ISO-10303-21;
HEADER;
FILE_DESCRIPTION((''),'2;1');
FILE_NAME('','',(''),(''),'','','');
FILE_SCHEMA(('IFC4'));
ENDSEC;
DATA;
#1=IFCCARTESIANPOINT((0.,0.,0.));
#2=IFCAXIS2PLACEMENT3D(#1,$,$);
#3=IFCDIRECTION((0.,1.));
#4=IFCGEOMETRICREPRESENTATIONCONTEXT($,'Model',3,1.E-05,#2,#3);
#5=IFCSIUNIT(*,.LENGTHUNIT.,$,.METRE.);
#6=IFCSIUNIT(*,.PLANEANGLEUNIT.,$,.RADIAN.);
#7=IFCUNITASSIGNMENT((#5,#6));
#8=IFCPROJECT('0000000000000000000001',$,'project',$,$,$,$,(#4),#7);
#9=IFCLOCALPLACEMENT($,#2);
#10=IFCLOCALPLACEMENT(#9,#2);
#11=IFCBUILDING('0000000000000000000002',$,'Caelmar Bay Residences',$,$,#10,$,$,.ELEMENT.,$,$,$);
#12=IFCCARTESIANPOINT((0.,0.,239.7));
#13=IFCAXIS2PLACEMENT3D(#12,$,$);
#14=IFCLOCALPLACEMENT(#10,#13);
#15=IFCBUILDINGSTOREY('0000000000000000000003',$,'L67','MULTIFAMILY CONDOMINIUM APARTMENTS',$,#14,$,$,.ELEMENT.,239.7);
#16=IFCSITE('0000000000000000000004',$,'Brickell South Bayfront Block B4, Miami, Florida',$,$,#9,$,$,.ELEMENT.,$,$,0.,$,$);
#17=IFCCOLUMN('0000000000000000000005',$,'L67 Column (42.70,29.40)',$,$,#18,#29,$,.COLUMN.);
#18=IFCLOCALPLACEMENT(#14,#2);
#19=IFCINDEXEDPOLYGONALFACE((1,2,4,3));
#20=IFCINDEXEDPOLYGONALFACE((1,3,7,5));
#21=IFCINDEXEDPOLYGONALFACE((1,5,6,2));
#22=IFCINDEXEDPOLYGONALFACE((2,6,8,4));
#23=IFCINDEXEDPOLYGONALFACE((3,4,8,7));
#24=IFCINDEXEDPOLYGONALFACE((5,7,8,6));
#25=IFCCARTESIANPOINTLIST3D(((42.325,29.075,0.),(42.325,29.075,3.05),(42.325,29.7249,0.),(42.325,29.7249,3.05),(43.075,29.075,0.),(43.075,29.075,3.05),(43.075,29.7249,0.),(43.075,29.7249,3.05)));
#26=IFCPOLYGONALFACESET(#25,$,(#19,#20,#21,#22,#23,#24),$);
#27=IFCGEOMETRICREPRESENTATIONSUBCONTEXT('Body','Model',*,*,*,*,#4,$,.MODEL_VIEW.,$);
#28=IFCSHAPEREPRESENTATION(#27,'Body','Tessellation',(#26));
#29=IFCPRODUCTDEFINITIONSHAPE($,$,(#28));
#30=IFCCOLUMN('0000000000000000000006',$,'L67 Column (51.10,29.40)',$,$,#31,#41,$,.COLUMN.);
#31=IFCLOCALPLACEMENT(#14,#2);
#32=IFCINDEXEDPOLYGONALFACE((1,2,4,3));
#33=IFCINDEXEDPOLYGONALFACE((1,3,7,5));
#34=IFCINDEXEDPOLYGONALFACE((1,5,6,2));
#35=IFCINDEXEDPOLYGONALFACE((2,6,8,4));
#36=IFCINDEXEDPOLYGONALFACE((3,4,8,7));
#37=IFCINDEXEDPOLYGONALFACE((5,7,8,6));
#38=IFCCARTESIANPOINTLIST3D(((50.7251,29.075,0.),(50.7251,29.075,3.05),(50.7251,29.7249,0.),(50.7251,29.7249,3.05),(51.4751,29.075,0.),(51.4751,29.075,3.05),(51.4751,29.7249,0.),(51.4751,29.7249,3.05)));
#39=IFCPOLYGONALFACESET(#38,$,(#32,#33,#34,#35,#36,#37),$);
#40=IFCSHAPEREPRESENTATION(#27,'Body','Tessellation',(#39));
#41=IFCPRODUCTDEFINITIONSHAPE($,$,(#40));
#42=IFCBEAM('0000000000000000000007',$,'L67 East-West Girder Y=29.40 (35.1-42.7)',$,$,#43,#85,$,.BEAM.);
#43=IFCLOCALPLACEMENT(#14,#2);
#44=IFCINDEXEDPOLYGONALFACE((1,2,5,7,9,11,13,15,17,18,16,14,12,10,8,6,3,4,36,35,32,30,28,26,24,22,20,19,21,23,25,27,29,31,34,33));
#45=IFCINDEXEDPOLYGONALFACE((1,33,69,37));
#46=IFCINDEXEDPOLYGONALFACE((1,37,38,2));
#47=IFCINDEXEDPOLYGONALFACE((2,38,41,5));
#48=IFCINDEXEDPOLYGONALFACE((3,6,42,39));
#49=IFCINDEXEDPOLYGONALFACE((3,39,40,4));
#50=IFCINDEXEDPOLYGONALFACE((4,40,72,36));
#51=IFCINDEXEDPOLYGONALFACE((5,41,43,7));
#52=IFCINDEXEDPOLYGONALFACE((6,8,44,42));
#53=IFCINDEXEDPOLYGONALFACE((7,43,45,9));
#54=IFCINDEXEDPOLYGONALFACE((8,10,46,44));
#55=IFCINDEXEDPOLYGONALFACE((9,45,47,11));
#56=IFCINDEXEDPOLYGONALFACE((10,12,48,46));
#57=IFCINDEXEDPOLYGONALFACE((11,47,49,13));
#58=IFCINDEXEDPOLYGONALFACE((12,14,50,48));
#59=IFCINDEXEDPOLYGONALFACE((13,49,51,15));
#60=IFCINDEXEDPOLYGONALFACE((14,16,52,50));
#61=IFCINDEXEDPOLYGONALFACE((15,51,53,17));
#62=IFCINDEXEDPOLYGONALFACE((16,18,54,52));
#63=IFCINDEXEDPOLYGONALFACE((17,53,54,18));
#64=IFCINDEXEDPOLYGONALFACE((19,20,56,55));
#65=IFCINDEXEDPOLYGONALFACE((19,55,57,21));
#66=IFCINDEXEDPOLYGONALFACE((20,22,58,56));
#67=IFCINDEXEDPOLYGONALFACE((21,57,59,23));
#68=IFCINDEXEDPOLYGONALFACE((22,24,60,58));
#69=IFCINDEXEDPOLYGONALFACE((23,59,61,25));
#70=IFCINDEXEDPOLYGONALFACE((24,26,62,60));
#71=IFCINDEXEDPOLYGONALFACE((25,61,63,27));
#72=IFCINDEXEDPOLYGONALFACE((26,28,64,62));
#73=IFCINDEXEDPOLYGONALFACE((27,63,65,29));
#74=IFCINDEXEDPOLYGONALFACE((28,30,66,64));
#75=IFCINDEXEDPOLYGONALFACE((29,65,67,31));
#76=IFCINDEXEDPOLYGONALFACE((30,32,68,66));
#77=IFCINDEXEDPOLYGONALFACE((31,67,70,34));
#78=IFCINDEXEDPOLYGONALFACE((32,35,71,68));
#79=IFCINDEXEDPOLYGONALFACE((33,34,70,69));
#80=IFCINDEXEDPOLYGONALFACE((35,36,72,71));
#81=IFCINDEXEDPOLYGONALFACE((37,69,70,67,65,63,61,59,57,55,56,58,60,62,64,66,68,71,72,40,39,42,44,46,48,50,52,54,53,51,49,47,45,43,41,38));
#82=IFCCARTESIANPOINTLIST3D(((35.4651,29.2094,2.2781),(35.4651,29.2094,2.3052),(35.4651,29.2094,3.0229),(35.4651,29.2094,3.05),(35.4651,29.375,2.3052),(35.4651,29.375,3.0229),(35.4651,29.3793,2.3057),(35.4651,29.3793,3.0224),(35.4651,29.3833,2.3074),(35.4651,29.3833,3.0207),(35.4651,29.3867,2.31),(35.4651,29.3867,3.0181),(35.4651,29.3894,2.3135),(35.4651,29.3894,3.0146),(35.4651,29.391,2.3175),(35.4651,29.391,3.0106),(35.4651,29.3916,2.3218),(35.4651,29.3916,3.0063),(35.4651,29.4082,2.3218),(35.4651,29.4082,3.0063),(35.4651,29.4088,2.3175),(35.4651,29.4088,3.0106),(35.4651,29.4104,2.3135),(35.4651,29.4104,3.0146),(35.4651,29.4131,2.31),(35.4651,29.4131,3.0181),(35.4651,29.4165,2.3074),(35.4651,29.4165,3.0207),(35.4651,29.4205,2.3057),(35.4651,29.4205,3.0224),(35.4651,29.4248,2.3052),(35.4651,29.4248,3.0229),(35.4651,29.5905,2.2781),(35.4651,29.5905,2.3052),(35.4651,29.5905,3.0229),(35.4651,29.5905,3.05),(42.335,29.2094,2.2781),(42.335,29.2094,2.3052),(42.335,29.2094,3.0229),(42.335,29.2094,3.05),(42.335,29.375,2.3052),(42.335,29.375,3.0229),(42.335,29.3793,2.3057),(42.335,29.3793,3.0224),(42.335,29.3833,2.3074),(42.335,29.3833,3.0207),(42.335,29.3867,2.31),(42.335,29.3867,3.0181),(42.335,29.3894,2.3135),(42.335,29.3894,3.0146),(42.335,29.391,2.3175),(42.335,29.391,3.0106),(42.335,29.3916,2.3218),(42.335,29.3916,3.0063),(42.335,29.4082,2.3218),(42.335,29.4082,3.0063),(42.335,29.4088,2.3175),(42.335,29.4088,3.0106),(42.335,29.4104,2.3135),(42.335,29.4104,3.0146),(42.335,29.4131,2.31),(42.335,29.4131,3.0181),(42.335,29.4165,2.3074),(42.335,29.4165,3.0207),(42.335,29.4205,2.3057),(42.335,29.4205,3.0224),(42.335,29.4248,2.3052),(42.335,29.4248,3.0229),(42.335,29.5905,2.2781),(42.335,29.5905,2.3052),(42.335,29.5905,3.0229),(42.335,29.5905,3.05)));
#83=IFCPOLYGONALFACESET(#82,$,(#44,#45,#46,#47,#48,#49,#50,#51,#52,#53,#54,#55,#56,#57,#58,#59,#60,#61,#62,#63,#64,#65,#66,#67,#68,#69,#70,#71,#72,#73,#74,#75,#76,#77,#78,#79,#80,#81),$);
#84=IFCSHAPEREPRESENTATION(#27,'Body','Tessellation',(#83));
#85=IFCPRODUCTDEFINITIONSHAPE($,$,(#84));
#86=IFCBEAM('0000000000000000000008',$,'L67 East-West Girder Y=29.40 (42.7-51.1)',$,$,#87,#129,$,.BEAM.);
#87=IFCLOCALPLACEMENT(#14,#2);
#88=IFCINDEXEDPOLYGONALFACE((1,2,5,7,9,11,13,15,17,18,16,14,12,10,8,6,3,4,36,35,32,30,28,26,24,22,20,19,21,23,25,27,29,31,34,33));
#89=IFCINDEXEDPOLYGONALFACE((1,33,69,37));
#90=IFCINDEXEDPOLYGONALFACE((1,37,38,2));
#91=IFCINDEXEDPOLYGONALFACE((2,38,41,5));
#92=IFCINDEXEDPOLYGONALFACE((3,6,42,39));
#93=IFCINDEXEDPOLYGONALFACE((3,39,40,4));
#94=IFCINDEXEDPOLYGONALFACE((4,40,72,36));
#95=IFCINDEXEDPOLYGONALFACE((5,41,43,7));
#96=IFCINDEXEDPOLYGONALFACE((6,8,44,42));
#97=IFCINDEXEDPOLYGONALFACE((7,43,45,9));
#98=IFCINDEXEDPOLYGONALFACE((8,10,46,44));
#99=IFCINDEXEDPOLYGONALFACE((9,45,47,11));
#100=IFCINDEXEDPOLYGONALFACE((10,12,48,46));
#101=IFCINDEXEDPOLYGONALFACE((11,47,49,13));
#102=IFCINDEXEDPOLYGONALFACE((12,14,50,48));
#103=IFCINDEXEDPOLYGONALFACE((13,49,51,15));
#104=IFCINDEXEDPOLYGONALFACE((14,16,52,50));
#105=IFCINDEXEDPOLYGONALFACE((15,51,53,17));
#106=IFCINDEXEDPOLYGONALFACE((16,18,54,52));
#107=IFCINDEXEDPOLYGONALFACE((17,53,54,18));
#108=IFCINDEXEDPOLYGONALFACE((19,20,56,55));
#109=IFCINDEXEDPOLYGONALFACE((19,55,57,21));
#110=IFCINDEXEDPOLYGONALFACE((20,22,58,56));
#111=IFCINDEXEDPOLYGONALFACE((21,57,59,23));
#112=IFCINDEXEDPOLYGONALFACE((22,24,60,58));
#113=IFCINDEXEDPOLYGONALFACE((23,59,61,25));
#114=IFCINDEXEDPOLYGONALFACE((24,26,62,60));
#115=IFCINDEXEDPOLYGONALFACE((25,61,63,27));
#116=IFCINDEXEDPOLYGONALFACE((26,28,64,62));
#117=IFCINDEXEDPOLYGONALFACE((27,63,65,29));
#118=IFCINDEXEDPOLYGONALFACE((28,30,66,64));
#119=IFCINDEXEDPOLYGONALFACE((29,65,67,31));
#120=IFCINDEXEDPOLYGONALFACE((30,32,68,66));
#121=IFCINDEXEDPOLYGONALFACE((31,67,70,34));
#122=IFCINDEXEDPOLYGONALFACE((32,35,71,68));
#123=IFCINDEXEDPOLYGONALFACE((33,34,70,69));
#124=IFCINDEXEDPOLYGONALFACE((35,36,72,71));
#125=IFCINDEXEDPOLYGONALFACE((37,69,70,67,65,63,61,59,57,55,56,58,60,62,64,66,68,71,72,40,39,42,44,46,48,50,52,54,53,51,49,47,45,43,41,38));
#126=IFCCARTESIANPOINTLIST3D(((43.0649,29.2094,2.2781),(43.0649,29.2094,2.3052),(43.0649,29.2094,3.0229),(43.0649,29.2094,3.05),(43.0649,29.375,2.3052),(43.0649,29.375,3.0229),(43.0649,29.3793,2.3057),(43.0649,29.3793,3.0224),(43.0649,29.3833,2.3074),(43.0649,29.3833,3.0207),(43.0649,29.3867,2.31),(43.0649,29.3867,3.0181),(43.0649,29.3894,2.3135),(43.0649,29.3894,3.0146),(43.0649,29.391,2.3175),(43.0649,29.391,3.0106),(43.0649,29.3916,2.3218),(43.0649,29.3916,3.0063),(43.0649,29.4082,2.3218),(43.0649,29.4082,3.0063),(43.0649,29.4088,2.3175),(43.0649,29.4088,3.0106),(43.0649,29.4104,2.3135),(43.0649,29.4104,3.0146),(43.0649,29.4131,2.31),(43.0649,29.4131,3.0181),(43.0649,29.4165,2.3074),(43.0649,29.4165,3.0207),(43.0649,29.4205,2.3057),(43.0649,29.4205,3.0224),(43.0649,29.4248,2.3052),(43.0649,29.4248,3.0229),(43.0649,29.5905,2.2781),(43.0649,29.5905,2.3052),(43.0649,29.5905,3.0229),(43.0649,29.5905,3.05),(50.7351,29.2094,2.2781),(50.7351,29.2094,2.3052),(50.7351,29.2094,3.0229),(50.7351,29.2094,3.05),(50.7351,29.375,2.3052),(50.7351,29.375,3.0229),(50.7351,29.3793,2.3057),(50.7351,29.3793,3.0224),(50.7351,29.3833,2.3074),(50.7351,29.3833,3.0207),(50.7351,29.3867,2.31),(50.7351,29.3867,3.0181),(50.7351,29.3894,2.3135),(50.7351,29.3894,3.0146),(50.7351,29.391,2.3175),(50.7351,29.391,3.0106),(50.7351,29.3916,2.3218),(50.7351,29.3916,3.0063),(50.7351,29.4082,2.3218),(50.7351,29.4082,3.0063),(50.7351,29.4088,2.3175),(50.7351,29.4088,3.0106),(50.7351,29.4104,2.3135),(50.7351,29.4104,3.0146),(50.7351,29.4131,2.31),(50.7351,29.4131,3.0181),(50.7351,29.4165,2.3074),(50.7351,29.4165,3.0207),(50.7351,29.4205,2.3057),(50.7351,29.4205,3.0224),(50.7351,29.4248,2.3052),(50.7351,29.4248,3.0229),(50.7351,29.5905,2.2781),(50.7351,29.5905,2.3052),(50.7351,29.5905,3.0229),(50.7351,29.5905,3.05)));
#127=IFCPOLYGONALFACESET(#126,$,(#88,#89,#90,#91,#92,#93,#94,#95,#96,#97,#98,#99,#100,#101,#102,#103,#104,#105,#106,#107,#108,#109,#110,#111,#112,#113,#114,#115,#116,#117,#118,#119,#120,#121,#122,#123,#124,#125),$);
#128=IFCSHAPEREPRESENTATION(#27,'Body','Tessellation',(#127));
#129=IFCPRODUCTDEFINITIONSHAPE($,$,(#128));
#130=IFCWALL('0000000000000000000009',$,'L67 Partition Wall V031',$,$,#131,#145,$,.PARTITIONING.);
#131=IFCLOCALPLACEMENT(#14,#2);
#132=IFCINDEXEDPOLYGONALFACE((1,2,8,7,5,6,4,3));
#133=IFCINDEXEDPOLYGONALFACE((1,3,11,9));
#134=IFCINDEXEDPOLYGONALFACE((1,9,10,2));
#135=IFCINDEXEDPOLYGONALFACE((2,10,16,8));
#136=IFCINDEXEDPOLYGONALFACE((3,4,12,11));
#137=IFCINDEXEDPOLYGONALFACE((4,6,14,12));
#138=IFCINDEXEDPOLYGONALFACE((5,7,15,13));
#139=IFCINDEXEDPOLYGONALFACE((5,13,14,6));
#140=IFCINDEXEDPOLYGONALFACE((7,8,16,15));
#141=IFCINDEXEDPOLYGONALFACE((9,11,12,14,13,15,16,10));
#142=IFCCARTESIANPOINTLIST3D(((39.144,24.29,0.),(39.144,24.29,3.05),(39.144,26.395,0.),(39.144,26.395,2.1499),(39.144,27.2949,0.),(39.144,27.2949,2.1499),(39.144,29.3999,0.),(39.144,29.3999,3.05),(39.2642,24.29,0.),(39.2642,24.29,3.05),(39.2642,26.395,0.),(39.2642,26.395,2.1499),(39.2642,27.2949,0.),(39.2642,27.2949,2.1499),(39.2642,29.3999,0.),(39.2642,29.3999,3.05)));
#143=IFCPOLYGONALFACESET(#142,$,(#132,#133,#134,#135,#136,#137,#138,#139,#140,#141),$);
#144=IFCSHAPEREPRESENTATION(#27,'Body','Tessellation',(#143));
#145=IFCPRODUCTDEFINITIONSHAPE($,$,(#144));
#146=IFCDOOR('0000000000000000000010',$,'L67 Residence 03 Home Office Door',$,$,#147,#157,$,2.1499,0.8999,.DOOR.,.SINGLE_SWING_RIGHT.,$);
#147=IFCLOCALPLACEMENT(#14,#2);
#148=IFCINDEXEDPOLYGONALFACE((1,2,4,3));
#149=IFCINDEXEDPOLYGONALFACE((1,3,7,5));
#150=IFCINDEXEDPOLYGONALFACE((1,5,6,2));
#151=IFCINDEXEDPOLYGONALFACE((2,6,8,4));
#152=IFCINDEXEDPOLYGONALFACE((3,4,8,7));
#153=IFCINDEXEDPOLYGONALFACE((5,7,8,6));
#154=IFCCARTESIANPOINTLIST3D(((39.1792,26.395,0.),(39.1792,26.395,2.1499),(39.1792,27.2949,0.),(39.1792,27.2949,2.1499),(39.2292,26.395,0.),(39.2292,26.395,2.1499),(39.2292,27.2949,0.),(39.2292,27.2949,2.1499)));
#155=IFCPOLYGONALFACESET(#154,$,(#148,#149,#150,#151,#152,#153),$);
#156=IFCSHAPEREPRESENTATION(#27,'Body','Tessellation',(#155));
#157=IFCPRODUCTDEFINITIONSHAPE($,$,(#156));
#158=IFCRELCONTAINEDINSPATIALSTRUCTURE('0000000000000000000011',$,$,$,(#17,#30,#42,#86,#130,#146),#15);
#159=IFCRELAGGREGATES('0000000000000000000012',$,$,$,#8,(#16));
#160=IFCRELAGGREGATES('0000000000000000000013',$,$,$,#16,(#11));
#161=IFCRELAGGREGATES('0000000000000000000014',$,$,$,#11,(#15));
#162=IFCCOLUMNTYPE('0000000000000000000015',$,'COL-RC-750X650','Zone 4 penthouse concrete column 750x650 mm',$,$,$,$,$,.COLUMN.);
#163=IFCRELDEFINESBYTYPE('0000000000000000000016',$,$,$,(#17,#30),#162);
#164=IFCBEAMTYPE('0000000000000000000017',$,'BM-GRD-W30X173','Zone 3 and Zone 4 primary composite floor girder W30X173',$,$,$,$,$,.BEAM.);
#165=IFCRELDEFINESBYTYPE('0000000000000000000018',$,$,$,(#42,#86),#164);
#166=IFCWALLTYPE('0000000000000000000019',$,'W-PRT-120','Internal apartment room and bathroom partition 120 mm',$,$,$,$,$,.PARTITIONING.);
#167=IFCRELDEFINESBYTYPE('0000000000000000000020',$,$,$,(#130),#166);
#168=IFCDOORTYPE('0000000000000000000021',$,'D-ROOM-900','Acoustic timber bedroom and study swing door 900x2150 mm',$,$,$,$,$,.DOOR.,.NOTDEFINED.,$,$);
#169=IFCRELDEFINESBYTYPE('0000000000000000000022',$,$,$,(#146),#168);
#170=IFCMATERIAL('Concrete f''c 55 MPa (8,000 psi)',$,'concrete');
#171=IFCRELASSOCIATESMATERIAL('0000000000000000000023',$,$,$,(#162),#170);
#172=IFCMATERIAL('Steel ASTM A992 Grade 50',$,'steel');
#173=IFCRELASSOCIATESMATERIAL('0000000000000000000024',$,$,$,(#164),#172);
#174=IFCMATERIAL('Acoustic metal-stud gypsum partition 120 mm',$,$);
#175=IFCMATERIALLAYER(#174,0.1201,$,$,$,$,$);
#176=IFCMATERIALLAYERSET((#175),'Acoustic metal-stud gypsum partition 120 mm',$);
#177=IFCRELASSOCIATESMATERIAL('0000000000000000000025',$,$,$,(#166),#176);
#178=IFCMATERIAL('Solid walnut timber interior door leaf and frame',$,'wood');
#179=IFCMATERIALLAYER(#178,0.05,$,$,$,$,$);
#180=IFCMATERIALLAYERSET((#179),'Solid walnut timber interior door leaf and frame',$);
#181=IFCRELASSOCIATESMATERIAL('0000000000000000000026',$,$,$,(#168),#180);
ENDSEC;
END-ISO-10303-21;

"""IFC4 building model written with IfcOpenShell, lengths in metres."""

from ifc_helpers import new_model, si_unit, direction, frame, frame_2d, origin, origin_2d, place, context, subcontext, project, spatial, rectangle, i_section, extrude, material, layer, layer_set, material_profile, profile_set, type_object, element, fill, save


model = new_model("IFC4")

# Units and contexts
model_context = context("Model", 3, precision=1e-05, world=origin(), true_north=direction((0.0, 1.0)))
body_context = subcontext(model_context, "Body", "Model", "MODEL_VIEW")
ifc_project = project(units=[si_unit("LENGTHUNIT", "METRE"), si_unit("PLANEANGLEUNIT", "RADIAN")], contexts=[model_context])

# Site, building, storey
site_placement = place(None, origin())
site = spatial("IfcSite", under=ifc_project, at=site_placement, Name="Brickell South Bayfront Block B4, Miami, Florida", CompositionType="ELEMENT", RefElevation=0.0)
building_placement = place(site_placement, origin())
building = spatial("IfcBuilding", under=site, at=building_placement, Name="Caelmar Bay Residences", CompositionType="ELEMENT")
storey_placement = place(building_placement, frame((0.0, 0.0, 239.7)))
storey = spatial("IfcBuildingStorey", under=building, at=storey_placement, Name="L67", Description="MULTIFAMILY CONDOMINIUM APARTMENTS", CompositionType="ELEMENT", Elevation=239.7)

# Columns
ifc_material_1 = material(Name="Concrete f'c 55 MPa (8,000 psi)", Category="concrete")
ifc_material_profile_1 = material_profile(ifc_material_1, rectangle(XDim=0.75, YDim=0.6499, at=origin_2d()), Name="RC-COL-750X650")
ifc_profile_set_1 = profile_set([ifc_material_profile_1], Name="Concrete f'c 55 MPa (8,000 psi)")
column_type = type_object("IfcColumnType", Name="COL-RC-750X650", Description="Zone 4 penthouse concrete column 750x650 mm", PredefinedType="COLUMN", material=ifc_profile_set_1)
for number, where, z_axis, x_axis, name in (
    (1, (42.7, 29.3999, 0.0), (0.0, 0.0, 1.0), (1.0, 0.0, 0.0), "L67 Column (42.70,29.40)"),
    (2, (51.1001, 29.3999, 0.0), (0.0, 0.0, 1.0), (1.0, 0.0, 0.0), "L67 Column (51.10,29.40)"),
):
    element("IfcColumn", number, at=place(storey_placement, frame(where, z_axis=z_axis, x_axis=x_axis)), inside=storey, type_object=column_type, Name=name, PredefinedType="COLUMN", context=body_context, shape_type="SweptSolid", body=[
        extrude(rectangle(XDim=0.75, YDim=0.6499, at=origin_2d()), origin(), (0.0, 0.0, 1.0), 3.05),
    ])

# Beams
ifc_material_2 = material(Name="Steel ASTM A992 Grade 50", Category="steel")
ifc_material_profile_2 = material_profile(ifc_material_2, i_section(OverallWidth=0.3811, OverallDepth=0.772, WebThickness=0.0166, FlangeThickness=0.0271, FilletRadius=0.0166, at=origin_2d()), Name="W30X173")
ifc_profile_set_2 = profile_set([ifc_material_profile_2], Name="Steel ASTM A992 Grade 50")
beam_type = type_object("IfcBeamType", Name="BM-GRD-W30X173", Description="Zone 3 and Zone 4 primary composite floor girder W30X173", PredefinedType="BEAM", material=ifc_profile_set_2)
beam_1_placement = place(storey_placement, frame((35.4651, 29.3999, 2.6641), z_axis=(1.0, 0.0, 0.0), x_axis=(0.0, 1.0, 0.0)))
element("IfcBeam", 3, at=beam_1_placement, inside=storey, type_object=beam_type, Name="L67 East-West Girder Y=29.40 (35.1-42.7)", PredefinedType="BEAM", context=body_context, shape_type="SweptSolid", body=[
    extrude(i_section(OverallWidth=0.3811, OverallDepth=0.772, WebThickness=0.0166, FlangeThickness=0.0271, FilletRadius=0.0166, at=origin_2d()), origin(), (0.0, 0.0, 1.0), 6.8699),
])
beam_2_placement = place(storey_placement, frame((43.0649, 29.3999, 2.6641), z_axis=(1.0, 0.0, 0.0), x_axis=(0.0, 1.0, 0.0)))
element("IfcBeam", 4, at=beam_2_placement, inside=storey, type_object=beam_type, Name="L67 East-West Girder Y=29.40 (42.7-51.1)", PredefinedType="BEAM", context=body_context, shape_type="SweptSolid", body=[
    extrude(i_section(OverallWidth=0.3811, OverallDepth=0.772, WebThickness=0.0166, FlangeThickness=0.0271, FilletRadius=0.0166, at=origin_2d()), origin(), (0.0, 0.0, 1.0), 7.6702),
])

# Wall, opening, door
ifc_material_3 = material(Name="Acoustic metal-stud gypsum partition 120 mm")
ifc_layer_1 = layer(ifc_material_3, 0.1201)
ifc_layer_set_1 = layer_set([ifc_layer_1], Name="Acoustic metal-stud gypsum partition 120 mm")
wall_type_1 = type_object("IfcWallType", Name="W-PRT-120", Description="Internal apartment room and bathroom partition 120 mm", PredefinedType="PARTITIONING", material=ifc_layer_set_1)
wall_1_placement = place(storey_placement, frame((39.2041, 24.29, 0.0), z_axis=(0.0, 0.0, 1.0), x_axis=(0.0, 1.0, 0.0)))
wall_1 = element("IfcWall", 5, at=wall_1_placement, inside=storey, type_object=wall_type_1, Name="L67 Partition Wall V031", PredefinedType="PARTITIONING", context=body_context, shape_type="SweptSolid", body=[
    extrude(rectangle(XDim=5.1099, YDim=0.1201, at=frame_2d((2.5549, 0.0))), origin(), (0.0, 0.0, 1.0), 3.05),
])
opening_1_placement = place(wall_1_placement, frame((2.105, 0.0, 0.0)))
opening_1 = element("IfcOpeningElement", 6, at=opening_1_placement, cuts=wall_1, PredefinedType="OPENING", context=body_context, shape_type="SweptSolid", body=[
    extrude(rectangle(XDim=0.8999, YDim=2.1499, at=frame_2d((0.45, 1.075))), frame((0.0, 0.0701, 0.0), z_axis=(0.0, -1.0, 0.0), x_axis=(1.0, 0.0, 0.0)), (0.0, 0.0, 1.0), 0.1401),
])
ifc_material_4 = material(Name="Solid walnut timber interior door leaf and frame", Category="wood")
ifc_layer_2 = layer(ifc_material_4, 0.05)
ifc_layer_set_2 = layer_set([ifc_layer_2], Name="Solid walnut timber interior door leaf and frame")
door_type_1 = type_object("IfcDoorType", Name="D-ROOM-900", Description="Acoustic timber bedroom and study swing door 900x2150 mm", OperationType="NOTDEFINED", PredefinedType="DOOR", material=ifc_layer_set_2)
door_1_placement = place(opening_1_placement, origin())
door_1 = element("IfcDoor", 7, at=door_1_placement, inside=storey, type_object=door_type_1, Name="L67 Residence 03 Home Office Door", OperationType="SINGLE_SWING_RIGHT", OverallHeight=2.1499, OverallWidth=0.8999, PredefinedType="DOOR", context=body_context, shape_type="SweptSolid", body=[
    extrude(rectangle(XDim=0.8999, YDim=2.1499, at=frame_2d((0.45, 1.075))), frame((0.0, 0.0249, 0.0), z_axis=(0.0, -1.0, 0.0), x_axis=(1.0, 0.0, 0.0)), (0.0, 0.0, 1.0), 0.05),
])
fill(opening_1, door_1)

save(model, "model.ifc")
